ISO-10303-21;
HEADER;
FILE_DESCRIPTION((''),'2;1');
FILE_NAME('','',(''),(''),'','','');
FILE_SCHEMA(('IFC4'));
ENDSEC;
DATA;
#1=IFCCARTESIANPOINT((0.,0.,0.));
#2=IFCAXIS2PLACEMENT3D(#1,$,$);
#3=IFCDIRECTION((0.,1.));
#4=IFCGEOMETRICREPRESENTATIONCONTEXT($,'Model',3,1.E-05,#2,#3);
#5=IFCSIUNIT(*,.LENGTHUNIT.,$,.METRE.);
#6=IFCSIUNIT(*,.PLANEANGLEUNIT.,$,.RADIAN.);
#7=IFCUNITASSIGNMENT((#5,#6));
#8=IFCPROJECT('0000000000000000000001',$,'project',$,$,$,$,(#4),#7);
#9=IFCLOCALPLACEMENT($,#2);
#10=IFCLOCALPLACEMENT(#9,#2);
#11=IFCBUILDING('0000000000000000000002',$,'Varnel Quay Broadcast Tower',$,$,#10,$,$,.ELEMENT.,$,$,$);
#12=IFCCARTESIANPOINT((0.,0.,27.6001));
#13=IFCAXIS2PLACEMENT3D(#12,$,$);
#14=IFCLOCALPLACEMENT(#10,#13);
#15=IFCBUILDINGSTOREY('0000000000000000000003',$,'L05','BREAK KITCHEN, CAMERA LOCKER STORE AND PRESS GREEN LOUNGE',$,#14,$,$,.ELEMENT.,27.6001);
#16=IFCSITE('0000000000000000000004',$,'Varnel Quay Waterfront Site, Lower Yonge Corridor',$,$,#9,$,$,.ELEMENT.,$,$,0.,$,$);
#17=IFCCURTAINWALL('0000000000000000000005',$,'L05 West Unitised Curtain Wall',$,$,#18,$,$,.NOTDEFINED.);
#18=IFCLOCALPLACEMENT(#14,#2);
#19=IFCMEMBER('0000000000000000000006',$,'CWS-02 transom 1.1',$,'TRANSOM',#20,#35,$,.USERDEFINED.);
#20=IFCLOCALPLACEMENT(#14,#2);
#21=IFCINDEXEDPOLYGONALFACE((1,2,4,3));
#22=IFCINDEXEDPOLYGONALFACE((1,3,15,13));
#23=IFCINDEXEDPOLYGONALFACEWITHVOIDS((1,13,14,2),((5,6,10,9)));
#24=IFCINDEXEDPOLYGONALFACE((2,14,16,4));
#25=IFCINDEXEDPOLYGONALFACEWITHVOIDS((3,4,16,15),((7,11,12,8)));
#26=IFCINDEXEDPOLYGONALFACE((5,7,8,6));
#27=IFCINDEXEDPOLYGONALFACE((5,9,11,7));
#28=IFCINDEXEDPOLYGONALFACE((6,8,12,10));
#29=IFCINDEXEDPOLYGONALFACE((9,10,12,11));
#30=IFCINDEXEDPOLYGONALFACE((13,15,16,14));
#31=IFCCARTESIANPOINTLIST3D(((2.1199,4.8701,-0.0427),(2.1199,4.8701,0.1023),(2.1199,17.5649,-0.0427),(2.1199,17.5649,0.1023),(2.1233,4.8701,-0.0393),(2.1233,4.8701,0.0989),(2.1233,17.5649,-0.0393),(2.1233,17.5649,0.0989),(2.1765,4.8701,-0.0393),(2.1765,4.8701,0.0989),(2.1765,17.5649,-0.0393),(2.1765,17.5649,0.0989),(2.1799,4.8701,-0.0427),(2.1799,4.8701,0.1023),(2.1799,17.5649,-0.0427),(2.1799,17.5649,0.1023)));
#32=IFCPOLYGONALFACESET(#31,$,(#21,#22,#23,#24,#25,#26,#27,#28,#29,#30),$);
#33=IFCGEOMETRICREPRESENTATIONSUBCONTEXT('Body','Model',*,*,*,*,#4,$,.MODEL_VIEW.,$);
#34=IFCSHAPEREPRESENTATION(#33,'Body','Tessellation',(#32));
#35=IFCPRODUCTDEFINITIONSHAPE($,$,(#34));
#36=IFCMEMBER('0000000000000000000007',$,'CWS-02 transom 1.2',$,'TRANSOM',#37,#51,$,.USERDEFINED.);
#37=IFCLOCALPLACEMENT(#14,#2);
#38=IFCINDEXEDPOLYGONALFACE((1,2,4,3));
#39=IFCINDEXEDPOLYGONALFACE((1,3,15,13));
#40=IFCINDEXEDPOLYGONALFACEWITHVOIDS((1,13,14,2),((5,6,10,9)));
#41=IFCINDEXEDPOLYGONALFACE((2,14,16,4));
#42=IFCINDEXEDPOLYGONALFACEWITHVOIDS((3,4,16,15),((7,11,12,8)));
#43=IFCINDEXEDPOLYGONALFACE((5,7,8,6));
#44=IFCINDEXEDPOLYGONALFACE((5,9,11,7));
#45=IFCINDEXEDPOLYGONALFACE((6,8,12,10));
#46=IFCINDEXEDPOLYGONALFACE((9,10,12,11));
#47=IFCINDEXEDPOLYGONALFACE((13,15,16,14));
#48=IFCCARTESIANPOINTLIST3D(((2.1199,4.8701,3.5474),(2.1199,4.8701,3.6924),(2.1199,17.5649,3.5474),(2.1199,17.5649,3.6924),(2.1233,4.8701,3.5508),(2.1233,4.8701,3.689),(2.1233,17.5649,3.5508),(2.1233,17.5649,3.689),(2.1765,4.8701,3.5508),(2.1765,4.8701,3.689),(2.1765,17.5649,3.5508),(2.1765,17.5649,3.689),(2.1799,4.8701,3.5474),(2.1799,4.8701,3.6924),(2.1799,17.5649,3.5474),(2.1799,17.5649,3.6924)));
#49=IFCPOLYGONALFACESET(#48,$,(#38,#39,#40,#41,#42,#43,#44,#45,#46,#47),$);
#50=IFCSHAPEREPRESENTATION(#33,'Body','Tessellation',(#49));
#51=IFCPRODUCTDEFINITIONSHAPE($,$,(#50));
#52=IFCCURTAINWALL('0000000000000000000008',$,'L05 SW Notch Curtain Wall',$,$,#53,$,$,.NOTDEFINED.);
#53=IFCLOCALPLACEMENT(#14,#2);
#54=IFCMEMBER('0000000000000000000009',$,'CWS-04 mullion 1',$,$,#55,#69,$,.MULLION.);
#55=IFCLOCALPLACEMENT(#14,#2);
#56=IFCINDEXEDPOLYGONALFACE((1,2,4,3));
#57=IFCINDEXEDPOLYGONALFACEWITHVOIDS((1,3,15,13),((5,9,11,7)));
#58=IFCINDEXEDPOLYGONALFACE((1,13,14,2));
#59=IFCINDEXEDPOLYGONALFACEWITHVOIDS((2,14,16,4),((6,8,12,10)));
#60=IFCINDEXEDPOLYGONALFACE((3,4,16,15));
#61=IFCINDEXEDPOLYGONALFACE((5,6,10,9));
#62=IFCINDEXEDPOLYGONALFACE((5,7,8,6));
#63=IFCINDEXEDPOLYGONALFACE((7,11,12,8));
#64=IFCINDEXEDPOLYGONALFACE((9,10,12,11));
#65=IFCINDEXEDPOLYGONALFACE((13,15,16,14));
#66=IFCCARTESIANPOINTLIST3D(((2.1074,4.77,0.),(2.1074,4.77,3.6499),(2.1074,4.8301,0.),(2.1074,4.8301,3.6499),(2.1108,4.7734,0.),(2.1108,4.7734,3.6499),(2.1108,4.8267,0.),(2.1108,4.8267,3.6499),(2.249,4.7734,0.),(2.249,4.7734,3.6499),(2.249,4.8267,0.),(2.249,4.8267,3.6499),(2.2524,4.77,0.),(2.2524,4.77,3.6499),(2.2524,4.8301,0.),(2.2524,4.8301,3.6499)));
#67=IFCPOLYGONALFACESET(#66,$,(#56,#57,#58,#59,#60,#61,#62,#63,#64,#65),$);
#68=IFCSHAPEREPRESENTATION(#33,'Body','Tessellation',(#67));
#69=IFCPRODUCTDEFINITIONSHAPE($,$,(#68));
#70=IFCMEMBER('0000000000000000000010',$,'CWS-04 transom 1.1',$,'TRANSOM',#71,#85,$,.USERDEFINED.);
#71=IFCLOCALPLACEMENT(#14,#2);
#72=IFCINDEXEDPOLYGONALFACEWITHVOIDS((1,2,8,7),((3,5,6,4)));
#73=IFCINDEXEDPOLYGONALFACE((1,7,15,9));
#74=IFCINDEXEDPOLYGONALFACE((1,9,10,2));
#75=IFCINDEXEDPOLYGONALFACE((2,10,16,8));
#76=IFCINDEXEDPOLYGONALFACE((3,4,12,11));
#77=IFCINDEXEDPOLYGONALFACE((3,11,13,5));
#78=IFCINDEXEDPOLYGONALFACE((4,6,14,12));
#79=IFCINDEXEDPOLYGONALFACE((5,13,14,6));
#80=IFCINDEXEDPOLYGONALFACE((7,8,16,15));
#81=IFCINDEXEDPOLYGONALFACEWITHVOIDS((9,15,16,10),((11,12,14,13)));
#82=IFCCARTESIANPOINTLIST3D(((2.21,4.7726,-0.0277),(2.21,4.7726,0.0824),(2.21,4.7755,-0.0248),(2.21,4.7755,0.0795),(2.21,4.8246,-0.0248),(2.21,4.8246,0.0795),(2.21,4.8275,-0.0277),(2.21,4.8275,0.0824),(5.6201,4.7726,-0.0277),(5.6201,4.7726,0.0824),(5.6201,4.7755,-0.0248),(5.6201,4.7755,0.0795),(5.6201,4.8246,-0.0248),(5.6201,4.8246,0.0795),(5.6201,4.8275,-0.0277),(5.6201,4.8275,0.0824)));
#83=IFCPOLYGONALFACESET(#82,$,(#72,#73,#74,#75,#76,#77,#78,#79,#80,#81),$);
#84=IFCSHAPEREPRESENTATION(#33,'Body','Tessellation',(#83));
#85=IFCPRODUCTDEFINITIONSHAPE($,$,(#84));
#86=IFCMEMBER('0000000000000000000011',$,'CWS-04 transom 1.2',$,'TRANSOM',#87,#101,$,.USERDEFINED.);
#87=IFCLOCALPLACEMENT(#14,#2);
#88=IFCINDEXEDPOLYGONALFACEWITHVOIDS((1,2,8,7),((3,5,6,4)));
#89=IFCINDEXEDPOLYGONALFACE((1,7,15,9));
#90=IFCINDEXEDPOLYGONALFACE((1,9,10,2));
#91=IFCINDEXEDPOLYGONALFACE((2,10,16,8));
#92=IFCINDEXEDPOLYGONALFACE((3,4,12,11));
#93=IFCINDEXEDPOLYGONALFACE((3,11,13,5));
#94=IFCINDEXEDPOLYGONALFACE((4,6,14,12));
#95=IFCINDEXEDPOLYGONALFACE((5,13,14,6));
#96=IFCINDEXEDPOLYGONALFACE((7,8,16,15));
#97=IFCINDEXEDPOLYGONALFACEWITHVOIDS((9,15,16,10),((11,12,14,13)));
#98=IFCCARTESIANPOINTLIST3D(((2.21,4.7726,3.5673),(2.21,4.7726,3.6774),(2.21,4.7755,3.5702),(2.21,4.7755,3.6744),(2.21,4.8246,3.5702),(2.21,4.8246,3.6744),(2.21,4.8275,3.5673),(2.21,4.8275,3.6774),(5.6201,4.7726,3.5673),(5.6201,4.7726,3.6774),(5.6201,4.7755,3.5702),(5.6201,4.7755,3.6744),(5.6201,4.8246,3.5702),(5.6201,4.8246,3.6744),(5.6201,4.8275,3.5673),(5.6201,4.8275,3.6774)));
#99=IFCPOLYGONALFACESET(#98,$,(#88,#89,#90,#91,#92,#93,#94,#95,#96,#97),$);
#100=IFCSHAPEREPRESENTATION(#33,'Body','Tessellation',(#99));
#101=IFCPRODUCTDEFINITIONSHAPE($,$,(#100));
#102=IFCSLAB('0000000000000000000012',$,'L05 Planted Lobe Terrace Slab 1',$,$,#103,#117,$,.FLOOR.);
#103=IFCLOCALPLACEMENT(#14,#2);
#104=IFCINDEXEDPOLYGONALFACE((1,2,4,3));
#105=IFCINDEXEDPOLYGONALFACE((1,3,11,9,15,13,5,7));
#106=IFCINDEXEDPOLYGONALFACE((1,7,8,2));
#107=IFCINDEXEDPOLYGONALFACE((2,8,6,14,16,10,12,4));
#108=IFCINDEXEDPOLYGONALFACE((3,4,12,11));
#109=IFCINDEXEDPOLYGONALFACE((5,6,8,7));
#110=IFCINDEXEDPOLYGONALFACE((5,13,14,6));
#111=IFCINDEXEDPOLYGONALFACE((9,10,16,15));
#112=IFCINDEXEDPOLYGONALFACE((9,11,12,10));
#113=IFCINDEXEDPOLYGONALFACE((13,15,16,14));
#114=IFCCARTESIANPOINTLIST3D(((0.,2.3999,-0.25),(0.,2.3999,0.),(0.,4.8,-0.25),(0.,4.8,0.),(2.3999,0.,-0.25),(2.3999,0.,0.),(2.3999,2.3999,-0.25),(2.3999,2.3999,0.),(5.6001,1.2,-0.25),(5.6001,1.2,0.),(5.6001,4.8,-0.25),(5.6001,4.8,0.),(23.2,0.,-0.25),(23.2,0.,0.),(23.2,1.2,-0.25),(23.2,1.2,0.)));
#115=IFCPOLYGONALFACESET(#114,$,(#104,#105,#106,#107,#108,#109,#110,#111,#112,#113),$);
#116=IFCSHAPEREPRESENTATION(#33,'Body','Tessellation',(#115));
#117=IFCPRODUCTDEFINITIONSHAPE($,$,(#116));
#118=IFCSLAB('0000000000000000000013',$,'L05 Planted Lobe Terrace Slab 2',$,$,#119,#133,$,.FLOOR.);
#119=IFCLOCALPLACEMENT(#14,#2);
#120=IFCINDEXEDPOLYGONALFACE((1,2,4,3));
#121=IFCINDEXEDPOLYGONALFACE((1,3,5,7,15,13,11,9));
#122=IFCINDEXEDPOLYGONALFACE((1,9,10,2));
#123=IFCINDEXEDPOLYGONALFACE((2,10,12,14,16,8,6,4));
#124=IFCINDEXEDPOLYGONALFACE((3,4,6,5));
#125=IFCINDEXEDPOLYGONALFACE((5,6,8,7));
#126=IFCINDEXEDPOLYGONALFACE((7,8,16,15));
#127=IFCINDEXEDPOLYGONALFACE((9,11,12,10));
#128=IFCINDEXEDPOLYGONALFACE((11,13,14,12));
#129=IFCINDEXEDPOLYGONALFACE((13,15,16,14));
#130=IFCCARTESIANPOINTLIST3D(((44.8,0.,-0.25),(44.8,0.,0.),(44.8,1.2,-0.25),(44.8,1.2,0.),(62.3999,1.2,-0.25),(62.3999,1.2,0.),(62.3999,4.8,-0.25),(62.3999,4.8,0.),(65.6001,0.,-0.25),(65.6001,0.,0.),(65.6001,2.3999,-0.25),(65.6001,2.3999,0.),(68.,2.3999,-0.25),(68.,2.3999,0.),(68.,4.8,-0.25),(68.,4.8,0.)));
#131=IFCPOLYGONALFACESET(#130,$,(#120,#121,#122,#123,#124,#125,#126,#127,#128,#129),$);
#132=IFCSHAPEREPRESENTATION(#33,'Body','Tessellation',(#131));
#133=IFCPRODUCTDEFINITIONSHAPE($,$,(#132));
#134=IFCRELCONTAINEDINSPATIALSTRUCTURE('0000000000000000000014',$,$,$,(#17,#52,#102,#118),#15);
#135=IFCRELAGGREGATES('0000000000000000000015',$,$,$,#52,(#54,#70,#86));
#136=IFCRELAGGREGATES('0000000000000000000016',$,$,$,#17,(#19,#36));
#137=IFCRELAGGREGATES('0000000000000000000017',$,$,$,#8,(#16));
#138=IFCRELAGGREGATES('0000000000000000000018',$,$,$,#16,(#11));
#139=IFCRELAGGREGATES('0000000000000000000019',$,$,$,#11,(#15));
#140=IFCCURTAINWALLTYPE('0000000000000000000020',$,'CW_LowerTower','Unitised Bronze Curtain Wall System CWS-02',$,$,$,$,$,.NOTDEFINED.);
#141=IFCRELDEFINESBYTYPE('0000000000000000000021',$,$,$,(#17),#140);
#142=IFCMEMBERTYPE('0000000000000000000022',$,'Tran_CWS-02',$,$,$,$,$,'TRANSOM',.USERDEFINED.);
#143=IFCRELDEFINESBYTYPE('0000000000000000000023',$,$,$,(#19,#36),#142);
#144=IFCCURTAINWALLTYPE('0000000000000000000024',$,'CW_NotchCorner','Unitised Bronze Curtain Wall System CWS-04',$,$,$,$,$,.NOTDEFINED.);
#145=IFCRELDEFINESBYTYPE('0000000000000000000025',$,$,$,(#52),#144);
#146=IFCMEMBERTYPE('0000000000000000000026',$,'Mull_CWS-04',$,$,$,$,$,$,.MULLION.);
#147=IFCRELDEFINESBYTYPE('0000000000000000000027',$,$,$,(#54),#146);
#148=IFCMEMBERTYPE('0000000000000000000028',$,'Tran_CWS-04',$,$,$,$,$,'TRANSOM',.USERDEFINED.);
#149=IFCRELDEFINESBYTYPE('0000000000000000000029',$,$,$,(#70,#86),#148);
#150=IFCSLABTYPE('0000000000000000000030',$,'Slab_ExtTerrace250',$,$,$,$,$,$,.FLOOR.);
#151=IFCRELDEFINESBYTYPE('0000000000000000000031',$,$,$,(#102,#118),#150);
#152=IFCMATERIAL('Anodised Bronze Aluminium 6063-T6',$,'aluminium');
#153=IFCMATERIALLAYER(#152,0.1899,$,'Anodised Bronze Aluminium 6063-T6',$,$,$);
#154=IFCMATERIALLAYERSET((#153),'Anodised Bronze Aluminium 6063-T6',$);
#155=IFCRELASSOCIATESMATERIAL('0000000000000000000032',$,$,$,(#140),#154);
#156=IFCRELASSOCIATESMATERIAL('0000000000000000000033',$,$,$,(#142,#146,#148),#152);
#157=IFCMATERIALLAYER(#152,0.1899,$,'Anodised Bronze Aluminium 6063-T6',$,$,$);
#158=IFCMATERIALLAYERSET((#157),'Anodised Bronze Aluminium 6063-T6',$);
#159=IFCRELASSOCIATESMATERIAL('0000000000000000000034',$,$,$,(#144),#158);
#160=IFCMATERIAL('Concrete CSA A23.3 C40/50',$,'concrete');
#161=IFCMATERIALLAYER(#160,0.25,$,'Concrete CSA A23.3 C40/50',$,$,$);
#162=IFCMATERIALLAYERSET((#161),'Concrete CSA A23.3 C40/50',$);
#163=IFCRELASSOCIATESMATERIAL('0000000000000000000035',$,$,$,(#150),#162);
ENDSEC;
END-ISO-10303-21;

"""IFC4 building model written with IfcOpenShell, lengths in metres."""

from ifc_helpers import new_model, si_unit, direction, frame, origin, origin_2d, place, context, subcontext, project, spatial, polyline, hollow_rectangle, outline, extrude, source, transform, mapped, material, layer, layer_set, material_profile, profile_set, type_object, type_shapes, element, aggregate, save


model = new_model("IFC4")

# Units and contexts
model_context = context("Model", 3, precision=1e-05, world=origin(), true_north=direction((0.0, 1.0)))
body_context = subcontext(model_context, "Body", "Model", "MODEL_VIEW")
ifc_project = project(units=[si_unit("LENGTHUNIT", "METRE"), si_unit("PLANEANGLEUNIT", "RADIAN")], contexts=[model_context])

# Site, building, storey
site_placement = place(None, origin())
site = spatial("IfcSite", under=ifc_project, at=site_placement, Name="Varnel Quay Waterfront Site, Lower Yonge Corridor", CompositionType="ELEMENT", RefElevation=0.0)
building_placement = place(site_placement, origin())
building = spatial("IfcBuilding", under=site, at=building_placement, Name="Varnel Quay Broadcast Tower", CompositionType="ELEMENT")
storey_placement = place(building_placement, frame((0.0, 0.0, 27.6001)))
storey = spatial("IfcBuildingStorey", under=building, at=storey_placement, Name="L05", Description="BREAK KITCHEN, CAMERA LOCKER STORE AND PRESS GREEN LOUNGE", CompositionType="ELEMENT", Elevation=27.6001)

# Curtain walls, members
ifc_material_1 = material(Name="Anodised Bronze Aluminium 6063-T6", Category="aluminium")
ifc_layer_1 = layer(ifc_material_1, 0.1899, Name="Anodised Bronze Aluminium 6063-T6")
ifc_layer_set_1 = layer_set([ifc_layer_1], Name="Anodised Bronze Aluminium 6063-T6")
curtain_wall_type_1 = type_object("IfcCurtainWallType", Name="CW_LowerTower", Description="Unitised Bronze Curtain Wall System CWS-02", PredefinedType="NOTDEFINED", material=ifc_layer_set_1)
curtain_wall_1_placement = place(storey_placement, origin())
curtain_wall_1 = element("IfcCurtainWall", 1, at=curtain_wall_1_placement, inside=storey, type_object=curtain_wall_type_1, Name="L05 West Unitised Curtain Wall", PredefinedType="NOTDEFINED")
ifc_material_profile_1 = material_profile(ifc_material_1, hollow_rectangle(XDim=0.0601, YDim=0.145, WallThickness=0.0034, at=origin_2d()), Name="ALU60X145X3.5")
ifc_profile_set_1 = profile_set([ifc_material_profile_1], Name="Anodised Bronze Aluminium 6063-T6")
member_type_1 = type_object("IfcMemberType", Name="Tran_CWS-02", ElementType="TRANSOM", PredefinedType="USERDEFINED", material=ifc_profile_set_1)
shared_shape_1 = source(origin(), body_context, "Body", "SweptSolid", [
    extrude(hollow_rectangle(XDim=0.0601, YDim=0.145, WallThickness=0.0034, at=origin_2d()), origin(), (0.0, 0.0, 1.0), 12.6948),
])
type_shapes(member_type_1, [shared_shape_1])
member_1_placement = place(storey_placement, frame((2.1499, 4.8701, 0.0298), z_axis=(0.0, 1.0, 0.0), x_axis=(-1.0, 0.0, 0.0)))
member_1 = element("IfcMember", 2, at=member_1_placement, type_object=member_type_1, Name="CWS-02 transom 1.1", ObjectType="TRANSOM", PredefinedType="USERDEFINED", context=body_context, shape_type="MappedRepresentation", body=[
    mapped(shared_shape_1, transform((0.0, 0.0, 0.0), x_axis=(1.0, 0.0, 0.0), y_axis=(0.0, 1.0, 0.0), z_axis=(0.0, 0.0, 1.0), scale=1.0)),
])
member_2_placement = place(storey_placement, frame((2.1499, 4.8701, 3.6199), z_axis=(0.0, 1.0, 0.0), x_axis=(-1.0, 0.0, 0.0)))
member_2 = element("IfcMember", 3, at=member_2_placement, type_object=member_type_1, Name="CWS-02 transom 1.2", ObjectType="TRANSOM", PredefinedType="USERDEFINED", context=body_context, shape_type="MappedRepresentation", body=[
    mapped(shared_shape_1, transform((0.0, 0.0, 0.0), x_axis=(1.0, 0.0, 0.0), y_axis=(0.0, 1.0, 0.0), z_axis=(0.0, 0.0, 1.0), scale=1.0)),
])
ifc_layer_2 = layer(ifc_material_1, 0.1899, Name="Anodised Bronze Aluminium 6063-T6")
ifc_layer_set_2 = layer_set([ifc_layer_2], Name="Anodised Bronze Aluminium 6063-T6")
curtain_wall_type_2 = type_object("IfcCurtainWallType", Name="CW_NotchCorner", Description="Unitised Bronze Curtain Wall System CWS-04", PredefinedType="NOTDEFINED", material=ifc_layer_set_2)
curtain_wall_2_placement = place(storey_placement, origin())
curtain_wall_2 = element("IfcCurtainWall", 4, at=curtain_wall_2_placement, inside=storey, type_object=curtain_wall_type_2, Name="L05 SW Notch Curtain Wall", PredefinedType="NOTDEFINED")
ifc_material_profile_2 = material_profile(ifc_material_1, hollow_rectangle(XDim=0.0601, YDim=0.145, WallThickness=0.0034, at=origin_2d()), Name="ALU60X145X3.5")
ifc_profile_set_2 = profile_set([ifc_material_profile_2], Name="Anodised Bronze Aluminium 6063-T6")
member_type_2 = type_object("IfcMemberType", Name="Mull_CWS-04", PredefinedType="MULLION", material=ifc_profile_set_2)
shared_shape_2 = source(origin(), body_context, "Body", "SweptSolid", [
    extrude(hollow_rectangle(XDim=0.0601, YDim=0.145, WallThickness=0.0034, at=origin_2d()), origin(), (0.0, 0.0, 1.0), 3.6499),
])
type_shapes(member_type_2, [shared_shape_2])
member_3_placement = place(storey_placement, frame((2.1799, 4.8, 0.0), z_axis=(0.0, 0.0, 1.0), x_axis=(0.0, 1.0, 0.0)))
member_3 = element("IfcMember", 5, at=member_3_placement, type_object=member_type_2, Name="CWS-04 mullion 1", PredefinedType="MULLION", context=body_context, shape_type="MappedRepresentation", body=[
    mapped(shared_shape_2, transform((0.0, 0.0, 0.0), x_axis=(1.0, 0.0, 0.0), y_axis=(0.0, 1.0, 0.0), z_axis=(0.0, 0.0, 1.0), scale=1.0)),
])
ifc_material_profile_3 = material_profile(ifc_material_1, hollow_rectangle(XDim=0.0549, YDim=0.1101, WallThickness=0.0029, at=origin_2d()), Name="ALU55X110X3")
ifc_profile_set_3 = profile_set([ifc_material_profile_3], Name="Anodised Bronze Aluminium 6063-T6")
member_type_3 = type_object("IfcMemberType", Name="Tran_CWS-04", ElementType="TRANSOM", PredefinedType="USERDEFINED", material=ifc_profile_set_3)
shared_shape_3 = source(origin(), body_context, "Body", "SweptSolid", [
    extrude(hollow_rectangle(XDim=0.0549, YDim=0.1101, WallThickness=0.0029, at=origin_2d()), origin(), (0.0, 0.0, 1.0), 3.4102),
])
type_shapes(member_type_3, [shared_shape_3])
member_4_placement = place(storey_placement, frame((2.21, 4.8, 0.0273), z_axis=(1.0, 0.0, 0.0), x_axis=(0.0, 1.0, 0.0)))
member_4 = element("IfcMember", 6, at=member_4_placement, type_object=member_type_3, Name="CWS-04 transom 1.1", ObjectType="TRANSOM", PredefinedType="USERDEFINED", context=body_context, shape_type="MappedRepresentation", body=[
    mapped(shared_shape_3, transform((0.0, 0.0, 0.0), x_axis=(1.0, 0.0, 0.0), y_axis=(0.0, 1.0, 0.0), z_axis=(0.0, 0.0, 1.0), scale=1.0)),
])
member_5_placement = place(storey_placement, frame((2.21, 4.8, 3.6223), z_axis=(1.0, 0.0, 0.0), x_axis=(0.0, 1.0, 0.0)))
member_5 = element("IfcMember", 7, at=member_5_placement, type_object=member_type_3, Name="CWS-04 transom 1.2", ObjectType="TRANSOM", PredefinedType="USERDEFINED", context=body_context, shape_type="MappedRepresentation", body=[
    mapped(shared_shape_3, transform((0.0, 0.0, 0.0), x_axis=(1.0, 0.0, 0.0), y_axis=(0.0, 1.0, 0.0), z_axis=(0.0, 0.0, 1.0), scale=1.0)),
])
aggregate(curtain_wall_2, [member_3, member_4, member_5])

# Slabs
ifc_material_2 = material(Name="Concrete CSA A23.3 C40/50", Category="concrete")
ifc_layer_3 = layer(ifc_material_2, 0.25, Name="Concrete CSA A23.3 C40/50")
ifc_layer_set_3 = layer_set([ifc_layer_3], Name="Concrete CSA A23.3 C40/50")
slab_type_1 = type_object("IfcSlabType", Name="Slab_ExtTerrace250", PredefinedType="FLOOR", material=ifc_layer_set_3)
slab_1_placement = place(storey_placement, frame((0.0, 0.0, -0.25)))
element("IfcSlab", 8, at=slab_1_placement, inside=storey, type_object=slab_type_1, Name="L05 Planted Lobe Terrace Slab 1", PredefinedType="FLOOR", context=body_context, shape_type="SweptSolid", body=[
    extrude(outline(polyline([(2.3999, 0.0), (23.2, 0.0), (23.2, 1.2), (5.6001, 1.2), (5.6001, 4.8), (0.0, 4.8), (0.0, 2.3999), (2.3999, 2.3999), (2.3999, 0.0)])), origin(), (0.0, 0.0, 1.0), 0.25),
])
slab_2_placement = place(storey_placement, frame((0.0, 0.0, -0.25)))
element("IfcSlab", 9, at=slab_2_placement, inside=storey, type_object=slab_type_1, Name="L05 Planted Lobe Terrace Slab 2", PredefinedType="FLOOR", context=body_context, shape_type="SweptSolid", body=[
    extrude(outline(polyline([(44.8, 0.0), (65.6001, 0.0), (65.6001, 2.3999), (68.0, 2.3999), (68.0, 4.8), (62.3999, 4.8), (62.3999, 1.2), (44.8, 1.2), (44.8, 0.0)])), origin(), (0.0, 0.0, 1.0), 0.25),
])

aggregate(curtain_wall_1, [member_1, member_2])

save(model, "model.ifc")
